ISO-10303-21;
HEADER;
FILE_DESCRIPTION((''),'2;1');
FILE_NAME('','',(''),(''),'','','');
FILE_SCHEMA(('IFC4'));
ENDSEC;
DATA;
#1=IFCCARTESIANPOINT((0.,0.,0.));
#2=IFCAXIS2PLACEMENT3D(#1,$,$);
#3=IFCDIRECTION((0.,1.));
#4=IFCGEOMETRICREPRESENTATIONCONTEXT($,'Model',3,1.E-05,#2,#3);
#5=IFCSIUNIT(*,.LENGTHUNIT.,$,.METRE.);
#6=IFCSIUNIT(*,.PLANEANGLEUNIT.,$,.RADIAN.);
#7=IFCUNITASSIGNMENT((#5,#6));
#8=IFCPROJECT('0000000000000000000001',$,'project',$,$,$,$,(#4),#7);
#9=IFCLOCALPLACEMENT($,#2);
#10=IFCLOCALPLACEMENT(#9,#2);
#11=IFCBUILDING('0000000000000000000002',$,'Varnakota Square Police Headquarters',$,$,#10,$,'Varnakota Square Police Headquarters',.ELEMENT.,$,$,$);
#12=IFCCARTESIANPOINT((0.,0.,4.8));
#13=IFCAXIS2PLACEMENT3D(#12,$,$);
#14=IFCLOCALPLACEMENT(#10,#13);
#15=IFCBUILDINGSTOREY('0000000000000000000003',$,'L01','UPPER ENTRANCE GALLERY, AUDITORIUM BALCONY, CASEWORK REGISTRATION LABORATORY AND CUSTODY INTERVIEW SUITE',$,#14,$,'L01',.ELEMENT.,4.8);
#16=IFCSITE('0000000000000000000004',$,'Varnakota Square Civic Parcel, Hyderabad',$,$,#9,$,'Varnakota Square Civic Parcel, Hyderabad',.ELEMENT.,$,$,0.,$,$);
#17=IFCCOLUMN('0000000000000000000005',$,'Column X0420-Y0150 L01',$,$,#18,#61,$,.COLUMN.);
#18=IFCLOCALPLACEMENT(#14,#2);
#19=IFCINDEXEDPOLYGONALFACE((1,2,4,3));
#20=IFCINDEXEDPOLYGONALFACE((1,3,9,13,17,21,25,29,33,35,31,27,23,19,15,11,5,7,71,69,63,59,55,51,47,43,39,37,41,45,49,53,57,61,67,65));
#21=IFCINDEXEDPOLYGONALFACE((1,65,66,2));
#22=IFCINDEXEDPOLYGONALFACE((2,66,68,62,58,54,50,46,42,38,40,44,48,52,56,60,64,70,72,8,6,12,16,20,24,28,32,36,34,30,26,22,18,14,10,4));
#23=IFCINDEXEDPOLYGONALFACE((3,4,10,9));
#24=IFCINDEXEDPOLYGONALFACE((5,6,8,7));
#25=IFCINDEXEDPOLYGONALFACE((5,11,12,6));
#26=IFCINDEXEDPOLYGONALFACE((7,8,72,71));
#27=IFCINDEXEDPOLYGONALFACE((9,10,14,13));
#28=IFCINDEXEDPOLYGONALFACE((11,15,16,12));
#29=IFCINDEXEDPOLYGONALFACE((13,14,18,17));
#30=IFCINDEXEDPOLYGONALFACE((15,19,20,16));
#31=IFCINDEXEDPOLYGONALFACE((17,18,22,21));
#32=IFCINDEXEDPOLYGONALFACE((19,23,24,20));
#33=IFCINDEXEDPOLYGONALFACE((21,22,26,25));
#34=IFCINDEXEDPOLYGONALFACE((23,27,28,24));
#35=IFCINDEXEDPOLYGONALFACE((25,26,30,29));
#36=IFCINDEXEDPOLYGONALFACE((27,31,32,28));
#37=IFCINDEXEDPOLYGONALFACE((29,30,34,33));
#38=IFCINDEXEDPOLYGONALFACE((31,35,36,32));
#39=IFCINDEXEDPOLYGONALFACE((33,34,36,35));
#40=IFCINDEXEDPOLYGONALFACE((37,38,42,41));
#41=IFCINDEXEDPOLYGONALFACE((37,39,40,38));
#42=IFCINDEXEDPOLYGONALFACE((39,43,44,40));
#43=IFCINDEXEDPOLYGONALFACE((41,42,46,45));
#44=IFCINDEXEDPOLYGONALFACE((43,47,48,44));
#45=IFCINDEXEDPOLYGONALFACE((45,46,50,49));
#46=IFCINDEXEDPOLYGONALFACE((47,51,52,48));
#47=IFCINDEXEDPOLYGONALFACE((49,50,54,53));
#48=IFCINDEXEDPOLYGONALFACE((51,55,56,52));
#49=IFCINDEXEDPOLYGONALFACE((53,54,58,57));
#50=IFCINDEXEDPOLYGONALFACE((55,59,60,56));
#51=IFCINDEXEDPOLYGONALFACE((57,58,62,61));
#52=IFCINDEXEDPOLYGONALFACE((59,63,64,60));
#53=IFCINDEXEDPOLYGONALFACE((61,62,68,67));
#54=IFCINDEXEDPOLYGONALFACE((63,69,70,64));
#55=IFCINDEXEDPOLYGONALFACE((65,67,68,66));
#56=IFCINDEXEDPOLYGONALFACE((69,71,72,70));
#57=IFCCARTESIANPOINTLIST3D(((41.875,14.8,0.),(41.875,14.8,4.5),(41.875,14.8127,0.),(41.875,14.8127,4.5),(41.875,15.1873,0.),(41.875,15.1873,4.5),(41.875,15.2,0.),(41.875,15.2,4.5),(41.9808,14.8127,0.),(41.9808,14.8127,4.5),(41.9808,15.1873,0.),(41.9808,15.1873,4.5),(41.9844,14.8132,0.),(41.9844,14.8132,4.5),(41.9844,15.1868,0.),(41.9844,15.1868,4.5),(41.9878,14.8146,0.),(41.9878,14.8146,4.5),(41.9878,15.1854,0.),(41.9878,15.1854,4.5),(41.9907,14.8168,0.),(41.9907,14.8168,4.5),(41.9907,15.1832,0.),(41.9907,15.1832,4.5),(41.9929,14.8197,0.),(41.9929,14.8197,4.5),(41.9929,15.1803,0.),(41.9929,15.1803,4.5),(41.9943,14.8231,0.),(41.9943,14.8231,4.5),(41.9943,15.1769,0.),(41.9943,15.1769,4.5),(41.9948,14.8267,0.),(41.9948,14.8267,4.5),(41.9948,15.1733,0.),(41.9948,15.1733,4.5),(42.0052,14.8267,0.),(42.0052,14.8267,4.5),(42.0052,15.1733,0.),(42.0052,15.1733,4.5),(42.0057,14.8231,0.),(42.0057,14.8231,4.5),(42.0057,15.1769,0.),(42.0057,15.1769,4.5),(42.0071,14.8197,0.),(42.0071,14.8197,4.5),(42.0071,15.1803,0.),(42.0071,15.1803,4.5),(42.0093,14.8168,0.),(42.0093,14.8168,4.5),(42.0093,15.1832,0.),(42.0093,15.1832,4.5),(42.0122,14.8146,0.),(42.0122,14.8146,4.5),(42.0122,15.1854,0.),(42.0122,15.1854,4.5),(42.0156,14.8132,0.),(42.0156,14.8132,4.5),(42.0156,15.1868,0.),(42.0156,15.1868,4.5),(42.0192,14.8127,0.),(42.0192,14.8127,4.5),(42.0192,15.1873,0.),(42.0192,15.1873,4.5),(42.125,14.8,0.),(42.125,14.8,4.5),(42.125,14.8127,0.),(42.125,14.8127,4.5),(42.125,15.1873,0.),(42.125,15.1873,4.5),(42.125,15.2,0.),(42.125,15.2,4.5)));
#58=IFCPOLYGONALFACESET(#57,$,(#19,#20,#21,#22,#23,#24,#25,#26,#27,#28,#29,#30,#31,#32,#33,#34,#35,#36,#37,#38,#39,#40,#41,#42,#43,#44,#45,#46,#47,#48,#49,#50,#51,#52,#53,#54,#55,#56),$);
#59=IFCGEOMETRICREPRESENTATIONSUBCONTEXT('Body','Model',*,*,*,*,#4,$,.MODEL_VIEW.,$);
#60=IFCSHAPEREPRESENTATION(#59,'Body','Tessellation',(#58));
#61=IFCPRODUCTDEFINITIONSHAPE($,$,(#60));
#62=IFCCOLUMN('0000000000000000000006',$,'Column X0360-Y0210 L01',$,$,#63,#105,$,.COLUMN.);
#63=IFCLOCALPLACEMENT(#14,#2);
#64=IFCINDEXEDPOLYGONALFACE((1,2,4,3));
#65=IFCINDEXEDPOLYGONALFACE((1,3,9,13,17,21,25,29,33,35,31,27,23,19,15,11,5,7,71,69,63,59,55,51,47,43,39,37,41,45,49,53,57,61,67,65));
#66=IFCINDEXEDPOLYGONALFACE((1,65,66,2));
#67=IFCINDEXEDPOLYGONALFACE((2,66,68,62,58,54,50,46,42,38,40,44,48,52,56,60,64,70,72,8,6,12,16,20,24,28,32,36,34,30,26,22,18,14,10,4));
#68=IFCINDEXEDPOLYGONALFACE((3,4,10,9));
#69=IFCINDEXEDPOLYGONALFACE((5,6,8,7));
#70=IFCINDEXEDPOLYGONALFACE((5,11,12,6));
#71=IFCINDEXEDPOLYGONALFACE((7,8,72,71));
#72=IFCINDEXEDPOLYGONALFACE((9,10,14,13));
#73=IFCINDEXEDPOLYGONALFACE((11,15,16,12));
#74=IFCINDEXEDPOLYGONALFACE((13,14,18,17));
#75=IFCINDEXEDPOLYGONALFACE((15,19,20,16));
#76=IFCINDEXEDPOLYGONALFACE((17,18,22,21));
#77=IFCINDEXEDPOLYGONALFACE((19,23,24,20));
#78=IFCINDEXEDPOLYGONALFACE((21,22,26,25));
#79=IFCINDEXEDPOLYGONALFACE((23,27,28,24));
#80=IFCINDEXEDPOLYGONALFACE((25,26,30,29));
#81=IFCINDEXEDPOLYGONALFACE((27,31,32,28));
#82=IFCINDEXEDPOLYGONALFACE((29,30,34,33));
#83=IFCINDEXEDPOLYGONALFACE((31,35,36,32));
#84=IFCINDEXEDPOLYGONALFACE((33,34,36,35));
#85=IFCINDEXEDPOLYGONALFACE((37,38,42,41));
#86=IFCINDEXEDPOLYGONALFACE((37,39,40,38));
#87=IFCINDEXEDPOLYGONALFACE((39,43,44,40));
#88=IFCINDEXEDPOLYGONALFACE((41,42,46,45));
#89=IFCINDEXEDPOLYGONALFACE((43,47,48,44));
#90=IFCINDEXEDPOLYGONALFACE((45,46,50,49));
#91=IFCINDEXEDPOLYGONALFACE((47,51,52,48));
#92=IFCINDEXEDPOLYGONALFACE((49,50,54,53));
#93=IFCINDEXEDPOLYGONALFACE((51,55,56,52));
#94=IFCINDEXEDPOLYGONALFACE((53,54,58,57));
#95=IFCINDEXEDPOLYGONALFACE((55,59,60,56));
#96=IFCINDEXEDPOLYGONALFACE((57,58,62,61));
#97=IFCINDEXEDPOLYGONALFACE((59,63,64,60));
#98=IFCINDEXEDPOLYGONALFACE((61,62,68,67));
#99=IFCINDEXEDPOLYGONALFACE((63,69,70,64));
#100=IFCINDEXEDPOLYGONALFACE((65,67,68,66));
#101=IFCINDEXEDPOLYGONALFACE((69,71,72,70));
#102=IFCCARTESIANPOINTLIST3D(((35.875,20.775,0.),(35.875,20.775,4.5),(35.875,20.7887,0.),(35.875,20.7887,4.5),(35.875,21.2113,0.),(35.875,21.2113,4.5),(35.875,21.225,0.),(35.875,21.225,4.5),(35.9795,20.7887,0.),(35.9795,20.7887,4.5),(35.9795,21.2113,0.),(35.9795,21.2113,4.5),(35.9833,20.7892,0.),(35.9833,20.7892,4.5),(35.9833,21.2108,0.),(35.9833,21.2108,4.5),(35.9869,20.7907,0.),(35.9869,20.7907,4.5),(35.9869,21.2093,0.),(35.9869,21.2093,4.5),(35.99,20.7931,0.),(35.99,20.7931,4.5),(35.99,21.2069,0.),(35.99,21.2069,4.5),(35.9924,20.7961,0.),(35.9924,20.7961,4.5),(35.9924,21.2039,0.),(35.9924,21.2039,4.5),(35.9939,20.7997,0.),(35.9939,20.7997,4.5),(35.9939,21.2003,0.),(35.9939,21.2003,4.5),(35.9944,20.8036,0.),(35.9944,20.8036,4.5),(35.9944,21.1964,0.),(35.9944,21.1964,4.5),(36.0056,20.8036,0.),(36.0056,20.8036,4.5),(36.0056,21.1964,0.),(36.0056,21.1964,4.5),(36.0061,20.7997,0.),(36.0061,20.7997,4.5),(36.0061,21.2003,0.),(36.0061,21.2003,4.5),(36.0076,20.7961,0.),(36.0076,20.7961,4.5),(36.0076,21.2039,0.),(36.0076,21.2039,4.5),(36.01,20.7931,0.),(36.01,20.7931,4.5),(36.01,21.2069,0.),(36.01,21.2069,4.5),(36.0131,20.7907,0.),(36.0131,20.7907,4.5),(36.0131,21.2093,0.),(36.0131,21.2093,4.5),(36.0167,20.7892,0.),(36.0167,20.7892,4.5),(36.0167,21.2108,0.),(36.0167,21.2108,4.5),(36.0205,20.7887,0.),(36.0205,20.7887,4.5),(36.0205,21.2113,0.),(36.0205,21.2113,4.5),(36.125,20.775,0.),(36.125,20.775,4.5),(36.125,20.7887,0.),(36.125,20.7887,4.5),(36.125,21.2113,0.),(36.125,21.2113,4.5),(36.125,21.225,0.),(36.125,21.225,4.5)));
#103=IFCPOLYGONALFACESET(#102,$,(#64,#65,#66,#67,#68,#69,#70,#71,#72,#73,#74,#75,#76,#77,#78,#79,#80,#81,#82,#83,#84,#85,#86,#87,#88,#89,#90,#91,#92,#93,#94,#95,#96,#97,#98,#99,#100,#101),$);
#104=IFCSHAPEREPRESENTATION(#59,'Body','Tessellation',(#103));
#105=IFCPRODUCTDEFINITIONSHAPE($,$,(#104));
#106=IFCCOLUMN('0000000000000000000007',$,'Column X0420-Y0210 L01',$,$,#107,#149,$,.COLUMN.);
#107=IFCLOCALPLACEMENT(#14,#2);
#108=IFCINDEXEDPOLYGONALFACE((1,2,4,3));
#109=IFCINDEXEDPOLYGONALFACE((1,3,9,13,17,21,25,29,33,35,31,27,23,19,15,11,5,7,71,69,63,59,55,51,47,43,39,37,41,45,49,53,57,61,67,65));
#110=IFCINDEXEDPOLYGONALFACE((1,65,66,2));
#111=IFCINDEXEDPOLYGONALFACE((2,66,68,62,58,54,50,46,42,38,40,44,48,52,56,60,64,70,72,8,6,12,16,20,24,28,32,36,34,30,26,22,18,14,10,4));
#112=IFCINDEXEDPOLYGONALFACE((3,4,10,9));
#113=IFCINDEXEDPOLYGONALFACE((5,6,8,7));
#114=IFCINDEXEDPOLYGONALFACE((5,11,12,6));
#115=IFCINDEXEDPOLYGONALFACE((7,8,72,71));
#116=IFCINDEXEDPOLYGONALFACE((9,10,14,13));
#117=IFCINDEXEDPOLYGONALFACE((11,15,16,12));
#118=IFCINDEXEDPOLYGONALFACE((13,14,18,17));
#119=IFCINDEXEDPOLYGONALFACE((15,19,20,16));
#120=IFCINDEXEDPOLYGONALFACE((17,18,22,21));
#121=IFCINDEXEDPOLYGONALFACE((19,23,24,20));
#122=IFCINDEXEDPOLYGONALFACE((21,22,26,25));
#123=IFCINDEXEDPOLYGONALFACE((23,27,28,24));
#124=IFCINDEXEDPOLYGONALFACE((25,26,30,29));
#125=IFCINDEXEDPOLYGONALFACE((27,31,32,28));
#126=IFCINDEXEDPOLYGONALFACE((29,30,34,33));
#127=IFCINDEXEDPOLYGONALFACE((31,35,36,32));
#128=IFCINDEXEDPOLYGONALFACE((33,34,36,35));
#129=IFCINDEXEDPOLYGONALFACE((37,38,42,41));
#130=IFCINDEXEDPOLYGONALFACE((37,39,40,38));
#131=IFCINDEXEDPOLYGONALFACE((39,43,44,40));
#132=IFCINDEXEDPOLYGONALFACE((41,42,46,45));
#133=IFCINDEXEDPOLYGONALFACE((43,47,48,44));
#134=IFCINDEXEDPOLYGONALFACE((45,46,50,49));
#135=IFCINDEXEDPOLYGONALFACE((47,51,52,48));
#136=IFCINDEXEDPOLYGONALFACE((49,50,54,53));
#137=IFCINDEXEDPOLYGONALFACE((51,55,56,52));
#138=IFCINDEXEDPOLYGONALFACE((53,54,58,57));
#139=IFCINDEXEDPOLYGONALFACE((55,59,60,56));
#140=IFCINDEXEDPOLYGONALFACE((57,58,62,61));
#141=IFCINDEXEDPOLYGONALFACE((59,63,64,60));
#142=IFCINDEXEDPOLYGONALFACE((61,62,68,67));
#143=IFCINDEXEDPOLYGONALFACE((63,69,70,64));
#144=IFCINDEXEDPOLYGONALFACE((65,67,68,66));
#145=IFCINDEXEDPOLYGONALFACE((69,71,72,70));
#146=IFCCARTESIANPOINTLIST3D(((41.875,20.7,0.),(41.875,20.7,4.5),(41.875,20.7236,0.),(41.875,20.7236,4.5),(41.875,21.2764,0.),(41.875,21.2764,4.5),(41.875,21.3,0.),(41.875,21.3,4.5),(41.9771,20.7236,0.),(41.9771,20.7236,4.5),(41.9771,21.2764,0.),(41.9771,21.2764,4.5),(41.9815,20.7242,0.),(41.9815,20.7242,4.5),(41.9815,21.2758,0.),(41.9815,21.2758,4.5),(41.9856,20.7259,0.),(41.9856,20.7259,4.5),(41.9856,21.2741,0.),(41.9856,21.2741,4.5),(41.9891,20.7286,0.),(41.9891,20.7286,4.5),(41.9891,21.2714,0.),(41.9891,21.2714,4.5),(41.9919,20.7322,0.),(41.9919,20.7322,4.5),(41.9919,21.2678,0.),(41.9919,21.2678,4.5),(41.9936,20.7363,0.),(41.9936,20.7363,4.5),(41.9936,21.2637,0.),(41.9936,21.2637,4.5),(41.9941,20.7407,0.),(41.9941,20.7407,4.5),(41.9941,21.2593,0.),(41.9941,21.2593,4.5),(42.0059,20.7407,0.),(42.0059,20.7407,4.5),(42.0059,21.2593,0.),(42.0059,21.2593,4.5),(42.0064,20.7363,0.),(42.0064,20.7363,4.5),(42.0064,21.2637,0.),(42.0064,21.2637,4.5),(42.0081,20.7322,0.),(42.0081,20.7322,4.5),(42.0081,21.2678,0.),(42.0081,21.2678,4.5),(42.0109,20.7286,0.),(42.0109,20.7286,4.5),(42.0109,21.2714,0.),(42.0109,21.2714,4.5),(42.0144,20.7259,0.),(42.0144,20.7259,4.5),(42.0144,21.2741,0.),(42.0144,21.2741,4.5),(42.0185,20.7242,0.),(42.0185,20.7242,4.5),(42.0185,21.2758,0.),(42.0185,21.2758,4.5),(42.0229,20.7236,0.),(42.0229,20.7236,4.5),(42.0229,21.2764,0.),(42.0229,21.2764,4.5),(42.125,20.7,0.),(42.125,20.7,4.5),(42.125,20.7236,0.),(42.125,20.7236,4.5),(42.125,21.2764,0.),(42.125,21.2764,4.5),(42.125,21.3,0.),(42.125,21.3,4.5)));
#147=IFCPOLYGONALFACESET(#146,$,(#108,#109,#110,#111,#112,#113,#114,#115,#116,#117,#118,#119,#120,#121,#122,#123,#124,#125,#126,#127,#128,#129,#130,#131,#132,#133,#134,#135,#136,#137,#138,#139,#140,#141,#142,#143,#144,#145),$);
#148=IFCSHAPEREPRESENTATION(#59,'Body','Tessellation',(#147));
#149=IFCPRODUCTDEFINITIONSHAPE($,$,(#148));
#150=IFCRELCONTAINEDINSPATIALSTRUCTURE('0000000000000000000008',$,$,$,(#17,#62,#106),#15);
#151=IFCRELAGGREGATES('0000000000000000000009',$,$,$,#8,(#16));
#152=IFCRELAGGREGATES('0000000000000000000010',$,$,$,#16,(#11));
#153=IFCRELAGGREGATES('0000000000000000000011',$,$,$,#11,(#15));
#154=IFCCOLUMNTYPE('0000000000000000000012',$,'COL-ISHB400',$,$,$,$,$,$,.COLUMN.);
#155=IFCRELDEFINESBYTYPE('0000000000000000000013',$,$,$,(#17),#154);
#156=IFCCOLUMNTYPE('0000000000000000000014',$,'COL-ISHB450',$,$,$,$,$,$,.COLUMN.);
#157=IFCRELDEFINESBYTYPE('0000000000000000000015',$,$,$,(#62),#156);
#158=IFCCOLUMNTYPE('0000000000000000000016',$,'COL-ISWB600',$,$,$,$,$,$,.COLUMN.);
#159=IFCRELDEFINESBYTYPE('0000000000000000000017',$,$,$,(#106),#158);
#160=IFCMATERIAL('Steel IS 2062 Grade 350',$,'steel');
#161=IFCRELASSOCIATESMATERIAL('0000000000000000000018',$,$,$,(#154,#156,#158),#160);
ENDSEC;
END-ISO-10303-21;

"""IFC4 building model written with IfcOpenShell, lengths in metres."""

from ifc_helpers import new_model, si_unit, direction, frame, origin, origin_2d, place, context, subcontext, project, spatial, i_section, extrude, material, material_profile, profile_set, type_object, element, save


model = new_model("IFC4")

# Units and contexts
model_context = context("Model", 3, precision=1e-05, world=origin(), true_north=direction((0.0, 1.0)))
body_context = subcontext(model_context, "Body", "Model", "MODEL_VIEW")
ifc_project = project(units=[si_unit("LENGTHUNIT", "METRE"), si_unit("PLANEANGLEUNIT", "RADIAN")], contexts=[model_context])

# Site, building, storey
site_placement = place(None, origin())
site = spatial("IfcSite", under=ifc_project, at=site_placement, Name="Varnakota Square Civic Parcel, Hyderabad", LongName="Varnakota Square Civic Parcel, Hyderabad", CompositionType="ELEMENT", RefElevation=0.0)
building_placement = place(site_placement, origin())
building = spatial("IfcBuilding", under=site, at=building_placement, Name="Varnakota Square Police Headquarters", LongName="Varnakota Square Police Headquarters", CompositionType="ELEMENT")
storey_placement = place(building_placement, frame((0.0, 0.0, 4.8)))
storey = spatial("IfcBuildingStorey", under=building, at=storey_placement, Name="L01", Description="UPPER ENTRANCE GALLERY, AUDITORIUM BALCONY, CASEWORK REGISTRATION LABORATORY AND CUSTODY INTERVIEW SUITE", LongName="L01", CompositionType="ELEMENT", Elevation=4.8)

# Columns
ifc_material_1 = material(Name="Steel IS 2062 Grade 350", Category="steel")
ifc_material_profile_1 = material_profile(ifc_material_1, i_section(OverallWidth=0.25, OverallDepth=0.3999, WebThickness=0.0105, FlangeThickness=0.0127, FilletRadius=0.0139, at=origin_2d()), Name="ISHB 400")
ifc_profile_set_1 = profile_set([ifc_material_profile_1], Name="Steel IS 2062 Grade 350")
column_type_1 = type_object("IfcColumnType", Name="COL-ISHB400", PredefinedType="COLUMN", material=ifc_profile_set_1)
column_1_placement = place(storey_placement, frame((42.0, 15.0, 0.0), z_axis=(0.0, 0.0, 1.0), x_axis=(1.0, 0.0, 0.0)))
element("IfcColumn", 1, at=column_1_placement, inside=storey, type_object=column_type_1, Name="Column X0420-Y0150 L01", PredefinedType="COLUMN", context=body_context, shape_type="SweptSolid", body=[
    extrude(i_section(OverallWidth=0.25, OverallDepth=0.3999, WebThickness=0.0105, FlangeThickness=0.0127, FilletRadius=0.0139, at=origin_2d()), origin(), (0.0, 0.0, 1.0), 4.5),
])
ifc_material_profile_2 = material_profile(ifc_material_1, i_section(OverallWidth=0.25, OverallDepth=0.45, WebThickness=0.0112, FlangeThickness=0.0137, FilletRadius=0.0149, at=origin_2d()), Name="ISHB 450")
ifc_profile_set_2 = profile_set([ifc_material_profile_2], Name="Steel IS 2062 Grade 350")
column_type_2 = type_object("IfcColumnType", Name="COL-ISHB450", PredefinedType="COLUMN", material=ifc_profile_set_2)
column_2_placement = place(storey_placement, frame((36.0, 21.0, 0.0), z_axis=(0.0, 0.0, 1.0), x_axis=(1.0, 0.0, 0.0)))
element("IfcColumn", 2, at=column_2_placement, inside=storey, type_object=column_type_2, Name="Column X0360-Y0210 L01", PredefinedType="COLUMN", context=body_context, shape_type="SweptSolid", body=[
    extrude(i_section(OverallWidth=0.25, OverallDepth=0.45, WebThickness=0.0112, FlangeThickness=0.0137, FilletRadius=0.0149, at=origin_2d()), origin(), (0.0, 0.0, 1.0), 4.5),
])
ifc_material_profile_3 = material_profile(ifc_material_1, i_section(OverallWidth=0.25, OverallDepth=0.6001, WebThickness=0.0117, FlangeThickness=0.0237, FilletRadius=0.0171, at=origin_2d()), Name="ISWB 600")
ifc_profile_set_3 = profile_set([ifc_material_profile_3], Name="Steel IS 2062 Grade 350")
column_type_3 = type_object("IfcColumnType", Name="COL-ISWB600", PredefinedType="COLUMN", material=ifc_profile_set_3)
column_3_placement = place(storey_placement, frame((42.0, 21.0, 0.0), z_axis=(0.0, 0.0, 1.0), x_axis=(1.0, 0.0, 0.0)))
element("IfcColumn", 3, at=column_3_placement, inside=storey, type_object=column_type_3, Name="Column X0420-Y0210 L01", PredefinedType="COLUMN", context=body_context, shape_type="SweptSolid", body=[
    extrude(i_section(OverallWidth=0.25, OverallDepth=0.6001, WebThickness=0.0117, FlangeThickness=0.0237, FilletRadius=0.0171, at=origin_2d()), origin(), (0.0, 0.0, 1.0), 4.5),
])

save(model, "model.ifc")
